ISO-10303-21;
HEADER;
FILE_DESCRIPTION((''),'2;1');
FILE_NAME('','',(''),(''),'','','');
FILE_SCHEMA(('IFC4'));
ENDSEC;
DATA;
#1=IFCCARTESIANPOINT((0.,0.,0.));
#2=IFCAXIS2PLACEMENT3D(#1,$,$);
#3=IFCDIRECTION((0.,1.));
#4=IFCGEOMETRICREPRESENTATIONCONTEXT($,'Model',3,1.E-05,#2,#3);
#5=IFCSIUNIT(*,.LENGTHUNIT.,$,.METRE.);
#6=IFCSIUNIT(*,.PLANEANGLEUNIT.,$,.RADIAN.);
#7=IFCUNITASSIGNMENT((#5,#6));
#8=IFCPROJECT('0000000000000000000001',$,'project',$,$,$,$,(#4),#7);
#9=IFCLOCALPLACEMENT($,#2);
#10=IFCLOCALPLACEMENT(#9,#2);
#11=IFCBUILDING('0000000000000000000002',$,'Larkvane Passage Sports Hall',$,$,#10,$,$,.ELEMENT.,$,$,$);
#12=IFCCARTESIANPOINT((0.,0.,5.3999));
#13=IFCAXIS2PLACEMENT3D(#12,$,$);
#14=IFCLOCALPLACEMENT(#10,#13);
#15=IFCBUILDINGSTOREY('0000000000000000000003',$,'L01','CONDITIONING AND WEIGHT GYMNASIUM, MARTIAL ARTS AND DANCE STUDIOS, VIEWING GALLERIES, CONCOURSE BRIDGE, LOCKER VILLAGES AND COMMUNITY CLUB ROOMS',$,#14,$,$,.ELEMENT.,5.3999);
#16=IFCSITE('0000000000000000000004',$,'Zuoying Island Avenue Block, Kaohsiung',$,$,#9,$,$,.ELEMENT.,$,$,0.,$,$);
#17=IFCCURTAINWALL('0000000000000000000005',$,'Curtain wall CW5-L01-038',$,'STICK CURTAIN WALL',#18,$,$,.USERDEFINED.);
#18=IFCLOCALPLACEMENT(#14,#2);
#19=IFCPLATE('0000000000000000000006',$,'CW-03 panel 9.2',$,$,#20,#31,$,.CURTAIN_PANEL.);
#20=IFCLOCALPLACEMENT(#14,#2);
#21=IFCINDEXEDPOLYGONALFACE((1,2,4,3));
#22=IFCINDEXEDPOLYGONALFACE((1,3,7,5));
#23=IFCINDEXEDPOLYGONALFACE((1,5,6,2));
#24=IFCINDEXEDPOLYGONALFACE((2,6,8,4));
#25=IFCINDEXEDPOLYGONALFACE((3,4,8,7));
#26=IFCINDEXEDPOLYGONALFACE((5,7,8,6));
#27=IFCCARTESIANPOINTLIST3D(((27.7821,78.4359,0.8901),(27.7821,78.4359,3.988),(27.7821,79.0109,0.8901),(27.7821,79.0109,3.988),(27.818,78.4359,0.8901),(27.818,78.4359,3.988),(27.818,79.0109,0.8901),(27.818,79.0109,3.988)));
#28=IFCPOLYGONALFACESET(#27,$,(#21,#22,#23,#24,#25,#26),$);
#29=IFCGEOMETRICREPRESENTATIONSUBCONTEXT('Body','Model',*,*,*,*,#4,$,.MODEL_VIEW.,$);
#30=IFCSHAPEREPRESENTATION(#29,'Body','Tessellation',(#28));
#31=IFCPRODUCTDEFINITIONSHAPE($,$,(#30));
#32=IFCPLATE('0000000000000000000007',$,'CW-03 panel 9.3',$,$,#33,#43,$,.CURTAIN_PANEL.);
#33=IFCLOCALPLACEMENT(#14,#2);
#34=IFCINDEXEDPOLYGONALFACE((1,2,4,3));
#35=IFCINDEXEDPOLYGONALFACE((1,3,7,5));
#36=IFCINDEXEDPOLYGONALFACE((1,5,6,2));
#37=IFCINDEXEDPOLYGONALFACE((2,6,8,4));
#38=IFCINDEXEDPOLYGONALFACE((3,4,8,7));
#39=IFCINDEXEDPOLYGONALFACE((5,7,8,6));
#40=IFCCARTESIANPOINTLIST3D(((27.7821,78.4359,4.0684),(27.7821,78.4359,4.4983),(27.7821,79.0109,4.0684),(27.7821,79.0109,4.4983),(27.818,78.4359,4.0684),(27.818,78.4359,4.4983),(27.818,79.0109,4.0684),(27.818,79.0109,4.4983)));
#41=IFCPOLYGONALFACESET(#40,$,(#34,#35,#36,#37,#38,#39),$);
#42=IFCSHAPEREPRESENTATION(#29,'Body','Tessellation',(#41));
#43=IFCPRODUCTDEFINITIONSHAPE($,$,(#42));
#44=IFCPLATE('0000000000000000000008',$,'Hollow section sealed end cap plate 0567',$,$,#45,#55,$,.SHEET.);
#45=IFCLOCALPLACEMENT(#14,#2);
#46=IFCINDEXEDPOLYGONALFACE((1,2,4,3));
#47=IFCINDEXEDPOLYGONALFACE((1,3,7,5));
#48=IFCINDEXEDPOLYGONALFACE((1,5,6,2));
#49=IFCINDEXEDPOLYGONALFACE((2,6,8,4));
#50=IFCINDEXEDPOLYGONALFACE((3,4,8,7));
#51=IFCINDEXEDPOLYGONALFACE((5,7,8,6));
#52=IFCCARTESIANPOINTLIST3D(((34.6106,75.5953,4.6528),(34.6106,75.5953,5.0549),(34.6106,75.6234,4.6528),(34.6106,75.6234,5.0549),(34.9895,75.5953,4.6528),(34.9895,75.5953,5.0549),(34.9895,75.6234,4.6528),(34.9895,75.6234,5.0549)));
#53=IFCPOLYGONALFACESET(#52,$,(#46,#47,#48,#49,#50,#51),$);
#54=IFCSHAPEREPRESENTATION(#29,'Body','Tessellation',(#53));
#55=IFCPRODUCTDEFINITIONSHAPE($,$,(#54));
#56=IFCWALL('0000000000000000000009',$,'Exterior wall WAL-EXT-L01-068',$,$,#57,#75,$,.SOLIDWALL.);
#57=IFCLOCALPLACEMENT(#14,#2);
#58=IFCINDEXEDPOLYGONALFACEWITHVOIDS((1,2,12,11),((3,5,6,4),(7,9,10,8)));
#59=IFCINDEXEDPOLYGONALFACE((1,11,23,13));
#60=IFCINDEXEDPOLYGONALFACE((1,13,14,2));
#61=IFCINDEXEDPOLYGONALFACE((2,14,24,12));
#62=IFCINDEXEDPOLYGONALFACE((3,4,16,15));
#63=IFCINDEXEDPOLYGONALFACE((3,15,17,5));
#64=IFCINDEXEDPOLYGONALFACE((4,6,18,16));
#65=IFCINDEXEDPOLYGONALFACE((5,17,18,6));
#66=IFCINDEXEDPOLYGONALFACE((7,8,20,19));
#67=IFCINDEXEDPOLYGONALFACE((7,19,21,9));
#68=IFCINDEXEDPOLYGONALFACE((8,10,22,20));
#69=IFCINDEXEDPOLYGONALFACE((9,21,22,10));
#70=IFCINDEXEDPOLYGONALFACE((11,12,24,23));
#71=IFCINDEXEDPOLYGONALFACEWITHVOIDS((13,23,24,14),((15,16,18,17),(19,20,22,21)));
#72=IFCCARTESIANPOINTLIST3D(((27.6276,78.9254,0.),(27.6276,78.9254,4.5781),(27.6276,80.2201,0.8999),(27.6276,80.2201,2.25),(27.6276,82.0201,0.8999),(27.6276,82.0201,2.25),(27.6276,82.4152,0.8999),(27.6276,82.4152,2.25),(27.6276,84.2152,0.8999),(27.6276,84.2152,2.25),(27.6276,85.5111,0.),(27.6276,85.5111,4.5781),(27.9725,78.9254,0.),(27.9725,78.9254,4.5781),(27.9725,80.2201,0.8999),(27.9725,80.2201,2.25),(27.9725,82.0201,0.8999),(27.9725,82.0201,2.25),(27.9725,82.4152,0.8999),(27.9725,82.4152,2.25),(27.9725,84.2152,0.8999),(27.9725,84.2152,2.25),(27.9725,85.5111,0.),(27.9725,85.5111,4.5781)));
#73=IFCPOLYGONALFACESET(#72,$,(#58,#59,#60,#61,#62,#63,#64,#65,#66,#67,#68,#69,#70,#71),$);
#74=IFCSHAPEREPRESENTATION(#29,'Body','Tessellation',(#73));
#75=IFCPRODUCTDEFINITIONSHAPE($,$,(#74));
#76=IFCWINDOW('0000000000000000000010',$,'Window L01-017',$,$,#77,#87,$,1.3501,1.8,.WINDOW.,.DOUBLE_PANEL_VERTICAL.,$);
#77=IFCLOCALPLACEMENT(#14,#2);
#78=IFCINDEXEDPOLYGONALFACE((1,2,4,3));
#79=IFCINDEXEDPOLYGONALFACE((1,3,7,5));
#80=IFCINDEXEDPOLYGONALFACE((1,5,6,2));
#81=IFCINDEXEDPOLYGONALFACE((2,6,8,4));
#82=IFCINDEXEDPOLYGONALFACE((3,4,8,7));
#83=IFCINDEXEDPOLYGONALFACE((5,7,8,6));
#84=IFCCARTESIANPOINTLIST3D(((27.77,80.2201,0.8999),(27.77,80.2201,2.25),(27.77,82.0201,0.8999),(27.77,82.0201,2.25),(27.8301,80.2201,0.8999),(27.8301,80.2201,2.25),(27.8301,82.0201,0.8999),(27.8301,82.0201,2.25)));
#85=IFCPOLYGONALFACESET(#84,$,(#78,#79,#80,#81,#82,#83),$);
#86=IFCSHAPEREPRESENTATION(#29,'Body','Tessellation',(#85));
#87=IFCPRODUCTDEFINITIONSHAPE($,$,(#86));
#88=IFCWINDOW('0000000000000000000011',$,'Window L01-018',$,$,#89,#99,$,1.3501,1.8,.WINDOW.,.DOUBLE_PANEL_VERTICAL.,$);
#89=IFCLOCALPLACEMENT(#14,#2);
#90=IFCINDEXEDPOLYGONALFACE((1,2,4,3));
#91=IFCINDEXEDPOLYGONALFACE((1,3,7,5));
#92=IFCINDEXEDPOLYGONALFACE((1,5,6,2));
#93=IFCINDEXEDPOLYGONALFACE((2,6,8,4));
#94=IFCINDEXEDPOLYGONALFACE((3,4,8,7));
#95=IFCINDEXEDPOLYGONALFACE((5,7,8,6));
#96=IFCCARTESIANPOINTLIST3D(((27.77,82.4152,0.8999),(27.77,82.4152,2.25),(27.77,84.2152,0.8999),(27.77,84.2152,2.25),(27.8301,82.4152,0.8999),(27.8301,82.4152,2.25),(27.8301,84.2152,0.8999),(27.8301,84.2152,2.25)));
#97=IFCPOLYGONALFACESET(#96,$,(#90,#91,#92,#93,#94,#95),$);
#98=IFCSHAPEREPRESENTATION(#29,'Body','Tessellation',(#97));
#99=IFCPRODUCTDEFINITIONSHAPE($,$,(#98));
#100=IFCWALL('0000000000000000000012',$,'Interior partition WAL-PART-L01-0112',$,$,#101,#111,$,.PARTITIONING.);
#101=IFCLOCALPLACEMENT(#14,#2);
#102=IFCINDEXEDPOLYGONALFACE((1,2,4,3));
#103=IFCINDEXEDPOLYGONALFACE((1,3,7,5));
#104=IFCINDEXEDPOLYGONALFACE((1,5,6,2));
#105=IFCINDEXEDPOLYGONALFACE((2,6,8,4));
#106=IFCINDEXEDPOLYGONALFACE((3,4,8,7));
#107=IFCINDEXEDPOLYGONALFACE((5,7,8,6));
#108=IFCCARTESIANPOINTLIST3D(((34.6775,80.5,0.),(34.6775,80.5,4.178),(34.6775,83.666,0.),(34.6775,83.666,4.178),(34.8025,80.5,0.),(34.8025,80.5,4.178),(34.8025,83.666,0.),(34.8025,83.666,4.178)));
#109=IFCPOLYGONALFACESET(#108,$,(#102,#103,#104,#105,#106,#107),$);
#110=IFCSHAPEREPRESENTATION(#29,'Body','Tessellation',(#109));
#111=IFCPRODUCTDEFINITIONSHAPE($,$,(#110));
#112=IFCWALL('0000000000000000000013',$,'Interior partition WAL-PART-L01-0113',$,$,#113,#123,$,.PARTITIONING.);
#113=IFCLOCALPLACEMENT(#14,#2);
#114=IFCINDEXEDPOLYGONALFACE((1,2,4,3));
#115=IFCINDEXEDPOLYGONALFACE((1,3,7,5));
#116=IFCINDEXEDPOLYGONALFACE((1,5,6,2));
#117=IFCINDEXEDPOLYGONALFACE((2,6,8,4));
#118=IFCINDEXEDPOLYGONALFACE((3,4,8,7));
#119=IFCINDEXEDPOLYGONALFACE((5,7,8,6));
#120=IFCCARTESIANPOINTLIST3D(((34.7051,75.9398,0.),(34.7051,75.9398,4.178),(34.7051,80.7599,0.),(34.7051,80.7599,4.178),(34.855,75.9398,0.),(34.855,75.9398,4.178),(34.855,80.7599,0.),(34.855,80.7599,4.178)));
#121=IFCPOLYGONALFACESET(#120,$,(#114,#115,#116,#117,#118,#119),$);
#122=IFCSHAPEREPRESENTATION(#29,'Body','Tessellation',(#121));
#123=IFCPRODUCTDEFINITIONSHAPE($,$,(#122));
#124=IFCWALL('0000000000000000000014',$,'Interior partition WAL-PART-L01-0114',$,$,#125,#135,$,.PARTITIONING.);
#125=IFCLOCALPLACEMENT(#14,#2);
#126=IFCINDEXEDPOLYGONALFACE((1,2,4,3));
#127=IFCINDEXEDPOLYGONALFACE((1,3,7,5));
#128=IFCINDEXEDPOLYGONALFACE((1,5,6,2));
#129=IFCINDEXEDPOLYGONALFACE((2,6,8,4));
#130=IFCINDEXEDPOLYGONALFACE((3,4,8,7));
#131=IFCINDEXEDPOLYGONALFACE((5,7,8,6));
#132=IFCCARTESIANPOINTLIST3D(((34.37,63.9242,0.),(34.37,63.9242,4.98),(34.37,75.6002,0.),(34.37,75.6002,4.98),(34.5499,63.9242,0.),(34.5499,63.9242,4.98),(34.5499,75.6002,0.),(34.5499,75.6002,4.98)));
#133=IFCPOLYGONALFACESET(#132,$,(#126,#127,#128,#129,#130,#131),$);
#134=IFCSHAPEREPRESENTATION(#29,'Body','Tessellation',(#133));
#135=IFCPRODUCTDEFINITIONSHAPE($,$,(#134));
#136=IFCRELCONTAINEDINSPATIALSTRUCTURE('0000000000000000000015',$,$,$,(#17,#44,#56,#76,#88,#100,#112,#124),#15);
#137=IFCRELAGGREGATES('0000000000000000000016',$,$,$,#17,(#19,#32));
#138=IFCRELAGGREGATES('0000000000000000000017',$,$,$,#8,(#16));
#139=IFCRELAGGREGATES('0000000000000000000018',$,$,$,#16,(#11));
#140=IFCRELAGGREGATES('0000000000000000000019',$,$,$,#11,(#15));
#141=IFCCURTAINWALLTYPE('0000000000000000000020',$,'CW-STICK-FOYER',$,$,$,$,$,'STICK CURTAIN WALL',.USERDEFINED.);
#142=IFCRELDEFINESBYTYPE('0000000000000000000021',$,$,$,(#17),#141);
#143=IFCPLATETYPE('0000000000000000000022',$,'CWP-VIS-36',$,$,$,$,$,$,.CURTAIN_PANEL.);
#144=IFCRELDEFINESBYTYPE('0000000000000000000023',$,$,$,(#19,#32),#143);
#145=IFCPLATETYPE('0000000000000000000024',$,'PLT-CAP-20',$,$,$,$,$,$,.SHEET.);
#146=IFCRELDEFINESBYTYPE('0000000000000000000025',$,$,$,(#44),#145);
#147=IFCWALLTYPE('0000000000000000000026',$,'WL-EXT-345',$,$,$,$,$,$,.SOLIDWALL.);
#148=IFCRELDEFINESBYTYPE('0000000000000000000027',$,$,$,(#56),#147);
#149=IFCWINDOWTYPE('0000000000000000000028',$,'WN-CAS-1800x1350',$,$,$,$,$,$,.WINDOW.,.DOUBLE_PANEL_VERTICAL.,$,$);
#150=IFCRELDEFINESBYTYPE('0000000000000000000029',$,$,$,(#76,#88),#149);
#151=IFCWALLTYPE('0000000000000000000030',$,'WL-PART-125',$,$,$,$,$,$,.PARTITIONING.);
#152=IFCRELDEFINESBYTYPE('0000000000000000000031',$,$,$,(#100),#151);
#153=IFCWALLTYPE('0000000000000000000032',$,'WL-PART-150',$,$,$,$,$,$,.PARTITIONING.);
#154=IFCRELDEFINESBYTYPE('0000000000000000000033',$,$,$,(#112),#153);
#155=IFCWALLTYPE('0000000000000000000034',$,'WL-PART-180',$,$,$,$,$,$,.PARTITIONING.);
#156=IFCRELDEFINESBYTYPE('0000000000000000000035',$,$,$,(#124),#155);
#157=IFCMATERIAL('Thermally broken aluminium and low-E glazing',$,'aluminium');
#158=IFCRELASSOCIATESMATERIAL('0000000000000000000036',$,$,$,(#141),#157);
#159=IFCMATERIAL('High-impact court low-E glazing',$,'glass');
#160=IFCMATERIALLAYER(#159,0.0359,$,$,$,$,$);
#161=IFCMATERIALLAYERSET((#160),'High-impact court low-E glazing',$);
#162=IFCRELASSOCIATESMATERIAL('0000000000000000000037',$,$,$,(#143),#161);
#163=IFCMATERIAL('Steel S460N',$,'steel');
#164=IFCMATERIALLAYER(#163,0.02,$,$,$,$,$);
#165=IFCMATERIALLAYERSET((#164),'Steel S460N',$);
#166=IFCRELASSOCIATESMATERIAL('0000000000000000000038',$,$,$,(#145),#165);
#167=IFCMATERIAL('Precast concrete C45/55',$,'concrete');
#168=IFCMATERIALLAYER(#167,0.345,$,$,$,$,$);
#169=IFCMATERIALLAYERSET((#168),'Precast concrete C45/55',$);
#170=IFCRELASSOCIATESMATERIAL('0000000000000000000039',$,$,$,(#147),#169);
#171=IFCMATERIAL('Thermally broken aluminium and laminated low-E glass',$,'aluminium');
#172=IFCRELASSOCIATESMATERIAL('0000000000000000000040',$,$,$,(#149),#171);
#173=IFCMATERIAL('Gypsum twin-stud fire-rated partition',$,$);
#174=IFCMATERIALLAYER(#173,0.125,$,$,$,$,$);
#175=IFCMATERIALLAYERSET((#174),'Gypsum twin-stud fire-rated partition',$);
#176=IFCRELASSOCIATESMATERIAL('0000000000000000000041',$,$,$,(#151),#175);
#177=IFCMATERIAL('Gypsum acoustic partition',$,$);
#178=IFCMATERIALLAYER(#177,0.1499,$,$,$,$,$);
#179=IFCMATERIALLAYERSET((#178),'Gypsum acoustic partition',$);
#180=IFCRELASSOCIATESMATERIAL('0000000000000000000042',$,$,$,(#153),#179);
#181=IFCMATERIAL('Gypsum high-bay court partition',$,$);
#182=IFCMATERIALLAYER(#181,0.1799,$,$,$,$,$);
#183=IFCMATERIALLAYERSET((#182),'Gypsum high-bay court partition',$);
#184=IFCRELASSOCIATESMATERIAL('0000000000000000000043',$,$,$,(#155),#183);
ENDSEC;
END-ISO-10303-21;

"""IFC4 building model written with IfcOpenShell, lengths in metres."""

from ifc_helpers import new_model, si_unit, direction, frame, frame_2d, origin, origin_2d, place, context, subcontext, project, spatial, rectangle, extrude, material, layer, layer_set, type_object, element, fill, aggregate, save


model = new_model("IFC4")

# Units and contexts
model_context = context("Model", 3, precision=1e-05, world=origin(), true_north=direction((0.0, 1.0)))
body_context = subcontext(model_context, "Body", "Model", "MODEL_VIEW")
ifc_project = project(units=[si_unit("LENGTHUNIT", "METRE"), si_unit("PLANEANGLEUNIT", "RADIAN")], contexts=[model_context])

# Site, building, storey
site_placement = place(None, origin())
site = spatial("IfcSite", under=ifc_project, at=site_placement, Name="Zuoying Island Avenue Block, Kaohsiung", CompositionType="ELEMENT", RefElevation=0.0)
building_placement = place(site_placement, origin())
building = spatial("IfcBuilding", under=site, at=building_placement, Name="Larkvane Passage Sports Hall", CompositionType="ELEMENT")
storey_placement = place(building_placement, frame((0.0, 0.0, 5.3999)))
storey = spatial("IfcBuildingStorey", under=building, at=storey_placement, Name="L01", Description="CONDITIONING AND WEIGHT GYMNASIUM, MARTIAL ARTS AND DANCE STUDIOS, VIEWING GALLERIES, CONCOURSE BRIDGE, LOCKER VILLAGES AND COMMUNITY CLUB ROOMS", CompositionType="ELEMENT", Elevation=5.3999)

# Shared definitions
ifc_material_1 = material(Name="Steel S460N", Category="steel")

# Curtain wall
ifc_material_2 = material(Name="Thermally broken aluminium and low-E glazing", Category="aluminium")
curtain_wall_type = type_object("IfcCurtainWallType", Name="CW-STICK-FOYER", ElementType="STICK CURTAIN WALL", PredefinedType="USERDEFINED", material=ifc_material_2)
curtain_wall_placement = place(storey_placement, origin())
curtain_wall = element("IfcCurtainWall", 1, at=curtain_wall_placement, inside=storey, type_object=curtain_wall_type, Name="Curtain wall CW5-L01-038", ObjectType="STICK CURTAIN WALL", PredefinedType="USERDEFINED")

# Plates
ifc_material_3 = material(Name="High-impact court low-E glazing", Category="glass")
ifc_layer_1 = layer(ifc_material_3, 0.0359)
ifc_layer_set_1 = layer_set([ifc_layer_1], Name="High-impact court low-E glazing")
plate_type_1 = type_object("IfcPlateType", Name="CWP-VIS-36", PredefinedType="CURTAIN_PANEL", material=ifc_layer_set_1)
plate_1_placement = place(storey_placement, frame((27.8, 78.7234, 0.8901), z_axis=(0.0, 0.0, 1.0), x_axis=(0.0, 1.0, 0.0)))
plate_1 = element("IfcPlate", 2, at=plate_1_placement, type_object=plate_type_1, Name="CW-03 panel 9.2", PredefinedType="CURTAIN_PANEL", context=body_context, shape_type="SweptSolid", body=[
    extrude(rectangle(XDim=0.575, YDim=0.0359, at=origin_2d()), origin(), (0.0, 0.0, 1.0), 3.0979),
])
plate_2_placement = place(storey_placement, frame((27.8, 78.7234, 4.0684), z_axis=(0.0, 0.0, 1.0), x_axis=(0.0, 1.0, 0.0)))
plate_2 = element("IfcPlate", 3, at=plate_2_placement, type_object=plate_type_1, Name="CW-03 panel 9.3", PredefinedType="CURTAIN_PANEL", context=body_context, shape_type="SweptSolid", body=[
    extrude(rectangle(XDim=0.575, YDim=0.0359, at=origin_2d()), origin(), (0.0, 0.0, 1.0), 0.4299),
])
aggregate(curtain_wall, [plate_1, plate_2])
ifc_layer_2 = layer(ifc_material_1, 0.02)
ifc_layer_set_2 = layer_set([ifc_layer_2], Name="Steel S460N")
plate_type_2 = type_object("IfcPlateType", Name="PLT-CAP-20", PredefinedType="SHEET", material=ifc_layer_set_2)
plate_3_placement = place(storey_placement, frame((34.8, 75.6094, 4.6528), z_axis=(0.0, 0.0, 1.0), x_axis=(-1.0, 0.0, 0.0)))
element("IfcPlate", 4, at=plate_3_placement, inside=storey, type_object=plate_type_2, Name="Hollow section sealed end cap plate 0567", PredefinedType="SHEET", context=body_context, shape_type="SweptSolid", body=[
    extrude(rectangle(XDim=0.3789, YDim=0.0281, at=origin_2d()), origin(), (0.0, 0.0, 1.0), 0.4021),
])

# Wall, openings, windows
ifc_material_4 = material(Name="Precast concrete C45/55", Category="concrete")
ifc_layer_3 = layer(ifc_material_4, 0.345)
ifc_layer_set_3 = layer_set([ifc_layer_3], Name="Precast concrete C45/55")
wall_type_1 = type_object("IfcWallType", Name="WL-EXT-345", PredefinedType="SOLIDWALL", material=ifc_layer_set_3)
wall_1_placement = place(storey_placement, frame((27.8, 78.9253, 0.0), z_axis=(0.0, 0.0, 1.0), x_axis=(0.0, 1.0, 0.0)))
wall_1 = element("IfcWall", 5, at=wall_1_placement, inside=storey, type_object=wall_type_1, Name="Exterior wall WAL-EXT-L01-068", PredefinedType="SOLIDWALL", context=body_context, shape_type="SweptSolid", body=[
    extrude(rectangle(XDim=6.5857, YDim=0.345, at=frame_2d((3.293, 0.0))), origin(), (0.0, 0.0, 1.0), 4.5781),
])
opening_1_placement = place(wall_1_placement, frame((1.2949, 0.0, 0.8999)))
opening_1 = element("IfcOpeningElement", 6, at=opening_1_placement, cuts=wall_1, PredefinedType="OPENING", context=body_context, shape_type="SweptSolid", body=[
    extrude(rectangle(XDim=1.8, YDim=1.3501, at=frame_2d((0.8999, 0.675))), frame((0.0, 0.1824, 0.0), z_axis=(0.0, -1.0, 0.0), x_axis=(1.0, 0.0, 0.0)), (0.0, 0.0, 1.0), 0.365),
])
opening_2_placement = place(wall_1_placement, frame((3.49, 0.0, 0.8999)))
opening_2 = element("IfcOpeningElement", 7, at=opening_2_placement, cuts=wall_1, PredefinedType="OPENING", context=body_context, shape_type="SweptSolid", body=[
    extrude(rectangle(XDim=1.8, YDim=1.3501, at=frame_2d((0.8999, 0.675))), frame((0.0, 0.1824, 0.0), z_axis=(0.0, -1.0, 0.0), x_axis=(1.0, 0.0, 0.0)), (0.0, 0.0, 1.0), 0.365),
])
ifc_material_5 = material(Name="Thermally broken aluminium and laminated low-E glass", Category="aluminium")
window_type = type_object("IfcWindowType", Name="WN-CAS-1800x1350", PartitioningType="DOUBLE_PANEL_VERTICAL", PredefinedType="WINDOW", material=ifc_material_5)
window_1_placement = place(opening_1_placement, origin())
window_1 = element("IfcWindow", 8, at=window_1_placement, inside=storey, type_object=window_type, Name="Window L01-017", OverallHeight=1.3501, OverallWidth=1.8, PartitioningType="DOUBLE_PANEL_VERTICAL", PredefinedType="WINDOW", context=body_context, shape_type="SweptSolid", body=[
    extrude(rectangle(XDim=1.8, YDim=1.3501, at=frame_2d((0.8999, 0.675))), frame((0.0, 0.03, 0.0), z_axis=(0.0, -1.0, 0.0), x_axis=(1.0, 0.0, 0.0)), (0.0, 0.0, 1.0), 0.0601),
])
fill(opening_1, window_1)
window_2_placement = place(opening_2_placement, origin())
window_2 = element("IfcWindow", 9, at=window_2_placement, inside=storey, type_object=window_type, Name="Window L01-018", OverallHeight=1.3501, OverallWidth=1.8, PartitioningType="DOUBLE_PANEL_VERTICAL", PredefinedType="WINDOW", context=body_context, shape_type="SweptSolid", body=[
    extrude(rectangle(XDim=1.8, YDim=1.3501, at=frame_2d((0.8999, 0.675))), frame((0.0, 0.03, 0.0), z_axis=(0.0, -1.0, 0.0), x_axis=(1.0, 0.0, 0.0)), (0.0, 0.0, 1.0), 0.0601),
])
fill(opening_2, window_2)

# Walls
ifc_material_6 = material(Name="Gypsum twin-stud fire-rated partition")
ifc_layer_4 = layer(ifc_material_6, 0.125)
ifc_layer_set_4 = layer_set([ifc_layer_4], Name="Gypsum twin-stud fire-rated partition")
wall_type_2 = type_object("IfcWallType", Name="WL-PART-125", PredefinedType="PARTITIONING", material=ifc_layer_set_4)
wall_2_placement = place(storey_placement, frame((34.74, 83.666, 0.0), z_axis=(0.0, 0.0, 1.0), x_axis=(0.0, -1.0, 0.0)))
element("IfcWall", 10, at=wall_2_placement, inside=storey, type_object=wall_type_2, Name="Interior partition WAL-PART-L01-0112", PredefinedType="PARTITIONING", context=body_context, shape_type="SweptSolid", body=[
    extrude(rectangle(XDim=3.166, YDim=0.125, at=frame_2d((1.583, 0.0))), origin(), (0.0, 0.0, 1.0), 4.178),
])
ifc_material_7 = material(Name="Gypsum acoustic partition")
ifc_layer_5 = layer(ifc_material_7, 0.1499)
ifc_layer_set_5 = layer_set([ifc_layer_5], Name="Gypsum acoustic partition")
wall_type_3 = type_object("IfcWallType", Name="WL-PART-150", PredefinedType="PARTITIONING", material=ifc_layer_set_5)
wall_3_placement = place(storey_placement, frame((34.78, 80.76, 0.0), z_axis=(0.0, 0.0, 1.0), x_axis=(0.0, -1.0, 0.0)))
element("IfcWall", 11, at=wall_3_placement, inside=storey, type_object=wall_type_3, Name="Interior partition WAL-PART-L01-0113", PredefinedType="PARTITIONING", context=body_context, shape_type="SweptSolid", body=[
    extrude(rectangle(XDim=4.8201, YDim=0.1499, at=frame_2d((2.4102, 0.0))), origin(), (0.0, 0.0, 1.0), 4.178),
])
ifc_material_8 = material(Name="Gypsum high-bay court partition")
ifc_layer_6 = layer(ifc_material_8, 0.1799)
ifc_layer_set_6 = layer_set([ifc_layer_6], Name="Gypsum high-bay court partition")
wall_type_4 = type_object("IfcWallType", Name="WL-PART-180", PredefinedType="PARTITIONING", material=ifc_layer_set_6)
wall_4_placement = place(storey_placement, frame((34.46, 75.6001, 0.0), z_axis=(0.0, 0.0, 1.0), x_axis=(0.0, -1.0, 0.0)))
element("IfcWall", 12, at=wall_4_placement, inside=storey, type_object=wall_type_4, Name="Interior partition WAL-PART-L01-0114", PredefinedType="PARTITIONING", context=body_context, shape_type="SweptSolid", body=[
    extrude(rectangle(XDim=11.676, YDim=0.1799, at=frame_2d((5.8379, 0.0))), origin(), (0.0, 0.0, 1.0), 4.98),
])

save(model, "model.ifc")
